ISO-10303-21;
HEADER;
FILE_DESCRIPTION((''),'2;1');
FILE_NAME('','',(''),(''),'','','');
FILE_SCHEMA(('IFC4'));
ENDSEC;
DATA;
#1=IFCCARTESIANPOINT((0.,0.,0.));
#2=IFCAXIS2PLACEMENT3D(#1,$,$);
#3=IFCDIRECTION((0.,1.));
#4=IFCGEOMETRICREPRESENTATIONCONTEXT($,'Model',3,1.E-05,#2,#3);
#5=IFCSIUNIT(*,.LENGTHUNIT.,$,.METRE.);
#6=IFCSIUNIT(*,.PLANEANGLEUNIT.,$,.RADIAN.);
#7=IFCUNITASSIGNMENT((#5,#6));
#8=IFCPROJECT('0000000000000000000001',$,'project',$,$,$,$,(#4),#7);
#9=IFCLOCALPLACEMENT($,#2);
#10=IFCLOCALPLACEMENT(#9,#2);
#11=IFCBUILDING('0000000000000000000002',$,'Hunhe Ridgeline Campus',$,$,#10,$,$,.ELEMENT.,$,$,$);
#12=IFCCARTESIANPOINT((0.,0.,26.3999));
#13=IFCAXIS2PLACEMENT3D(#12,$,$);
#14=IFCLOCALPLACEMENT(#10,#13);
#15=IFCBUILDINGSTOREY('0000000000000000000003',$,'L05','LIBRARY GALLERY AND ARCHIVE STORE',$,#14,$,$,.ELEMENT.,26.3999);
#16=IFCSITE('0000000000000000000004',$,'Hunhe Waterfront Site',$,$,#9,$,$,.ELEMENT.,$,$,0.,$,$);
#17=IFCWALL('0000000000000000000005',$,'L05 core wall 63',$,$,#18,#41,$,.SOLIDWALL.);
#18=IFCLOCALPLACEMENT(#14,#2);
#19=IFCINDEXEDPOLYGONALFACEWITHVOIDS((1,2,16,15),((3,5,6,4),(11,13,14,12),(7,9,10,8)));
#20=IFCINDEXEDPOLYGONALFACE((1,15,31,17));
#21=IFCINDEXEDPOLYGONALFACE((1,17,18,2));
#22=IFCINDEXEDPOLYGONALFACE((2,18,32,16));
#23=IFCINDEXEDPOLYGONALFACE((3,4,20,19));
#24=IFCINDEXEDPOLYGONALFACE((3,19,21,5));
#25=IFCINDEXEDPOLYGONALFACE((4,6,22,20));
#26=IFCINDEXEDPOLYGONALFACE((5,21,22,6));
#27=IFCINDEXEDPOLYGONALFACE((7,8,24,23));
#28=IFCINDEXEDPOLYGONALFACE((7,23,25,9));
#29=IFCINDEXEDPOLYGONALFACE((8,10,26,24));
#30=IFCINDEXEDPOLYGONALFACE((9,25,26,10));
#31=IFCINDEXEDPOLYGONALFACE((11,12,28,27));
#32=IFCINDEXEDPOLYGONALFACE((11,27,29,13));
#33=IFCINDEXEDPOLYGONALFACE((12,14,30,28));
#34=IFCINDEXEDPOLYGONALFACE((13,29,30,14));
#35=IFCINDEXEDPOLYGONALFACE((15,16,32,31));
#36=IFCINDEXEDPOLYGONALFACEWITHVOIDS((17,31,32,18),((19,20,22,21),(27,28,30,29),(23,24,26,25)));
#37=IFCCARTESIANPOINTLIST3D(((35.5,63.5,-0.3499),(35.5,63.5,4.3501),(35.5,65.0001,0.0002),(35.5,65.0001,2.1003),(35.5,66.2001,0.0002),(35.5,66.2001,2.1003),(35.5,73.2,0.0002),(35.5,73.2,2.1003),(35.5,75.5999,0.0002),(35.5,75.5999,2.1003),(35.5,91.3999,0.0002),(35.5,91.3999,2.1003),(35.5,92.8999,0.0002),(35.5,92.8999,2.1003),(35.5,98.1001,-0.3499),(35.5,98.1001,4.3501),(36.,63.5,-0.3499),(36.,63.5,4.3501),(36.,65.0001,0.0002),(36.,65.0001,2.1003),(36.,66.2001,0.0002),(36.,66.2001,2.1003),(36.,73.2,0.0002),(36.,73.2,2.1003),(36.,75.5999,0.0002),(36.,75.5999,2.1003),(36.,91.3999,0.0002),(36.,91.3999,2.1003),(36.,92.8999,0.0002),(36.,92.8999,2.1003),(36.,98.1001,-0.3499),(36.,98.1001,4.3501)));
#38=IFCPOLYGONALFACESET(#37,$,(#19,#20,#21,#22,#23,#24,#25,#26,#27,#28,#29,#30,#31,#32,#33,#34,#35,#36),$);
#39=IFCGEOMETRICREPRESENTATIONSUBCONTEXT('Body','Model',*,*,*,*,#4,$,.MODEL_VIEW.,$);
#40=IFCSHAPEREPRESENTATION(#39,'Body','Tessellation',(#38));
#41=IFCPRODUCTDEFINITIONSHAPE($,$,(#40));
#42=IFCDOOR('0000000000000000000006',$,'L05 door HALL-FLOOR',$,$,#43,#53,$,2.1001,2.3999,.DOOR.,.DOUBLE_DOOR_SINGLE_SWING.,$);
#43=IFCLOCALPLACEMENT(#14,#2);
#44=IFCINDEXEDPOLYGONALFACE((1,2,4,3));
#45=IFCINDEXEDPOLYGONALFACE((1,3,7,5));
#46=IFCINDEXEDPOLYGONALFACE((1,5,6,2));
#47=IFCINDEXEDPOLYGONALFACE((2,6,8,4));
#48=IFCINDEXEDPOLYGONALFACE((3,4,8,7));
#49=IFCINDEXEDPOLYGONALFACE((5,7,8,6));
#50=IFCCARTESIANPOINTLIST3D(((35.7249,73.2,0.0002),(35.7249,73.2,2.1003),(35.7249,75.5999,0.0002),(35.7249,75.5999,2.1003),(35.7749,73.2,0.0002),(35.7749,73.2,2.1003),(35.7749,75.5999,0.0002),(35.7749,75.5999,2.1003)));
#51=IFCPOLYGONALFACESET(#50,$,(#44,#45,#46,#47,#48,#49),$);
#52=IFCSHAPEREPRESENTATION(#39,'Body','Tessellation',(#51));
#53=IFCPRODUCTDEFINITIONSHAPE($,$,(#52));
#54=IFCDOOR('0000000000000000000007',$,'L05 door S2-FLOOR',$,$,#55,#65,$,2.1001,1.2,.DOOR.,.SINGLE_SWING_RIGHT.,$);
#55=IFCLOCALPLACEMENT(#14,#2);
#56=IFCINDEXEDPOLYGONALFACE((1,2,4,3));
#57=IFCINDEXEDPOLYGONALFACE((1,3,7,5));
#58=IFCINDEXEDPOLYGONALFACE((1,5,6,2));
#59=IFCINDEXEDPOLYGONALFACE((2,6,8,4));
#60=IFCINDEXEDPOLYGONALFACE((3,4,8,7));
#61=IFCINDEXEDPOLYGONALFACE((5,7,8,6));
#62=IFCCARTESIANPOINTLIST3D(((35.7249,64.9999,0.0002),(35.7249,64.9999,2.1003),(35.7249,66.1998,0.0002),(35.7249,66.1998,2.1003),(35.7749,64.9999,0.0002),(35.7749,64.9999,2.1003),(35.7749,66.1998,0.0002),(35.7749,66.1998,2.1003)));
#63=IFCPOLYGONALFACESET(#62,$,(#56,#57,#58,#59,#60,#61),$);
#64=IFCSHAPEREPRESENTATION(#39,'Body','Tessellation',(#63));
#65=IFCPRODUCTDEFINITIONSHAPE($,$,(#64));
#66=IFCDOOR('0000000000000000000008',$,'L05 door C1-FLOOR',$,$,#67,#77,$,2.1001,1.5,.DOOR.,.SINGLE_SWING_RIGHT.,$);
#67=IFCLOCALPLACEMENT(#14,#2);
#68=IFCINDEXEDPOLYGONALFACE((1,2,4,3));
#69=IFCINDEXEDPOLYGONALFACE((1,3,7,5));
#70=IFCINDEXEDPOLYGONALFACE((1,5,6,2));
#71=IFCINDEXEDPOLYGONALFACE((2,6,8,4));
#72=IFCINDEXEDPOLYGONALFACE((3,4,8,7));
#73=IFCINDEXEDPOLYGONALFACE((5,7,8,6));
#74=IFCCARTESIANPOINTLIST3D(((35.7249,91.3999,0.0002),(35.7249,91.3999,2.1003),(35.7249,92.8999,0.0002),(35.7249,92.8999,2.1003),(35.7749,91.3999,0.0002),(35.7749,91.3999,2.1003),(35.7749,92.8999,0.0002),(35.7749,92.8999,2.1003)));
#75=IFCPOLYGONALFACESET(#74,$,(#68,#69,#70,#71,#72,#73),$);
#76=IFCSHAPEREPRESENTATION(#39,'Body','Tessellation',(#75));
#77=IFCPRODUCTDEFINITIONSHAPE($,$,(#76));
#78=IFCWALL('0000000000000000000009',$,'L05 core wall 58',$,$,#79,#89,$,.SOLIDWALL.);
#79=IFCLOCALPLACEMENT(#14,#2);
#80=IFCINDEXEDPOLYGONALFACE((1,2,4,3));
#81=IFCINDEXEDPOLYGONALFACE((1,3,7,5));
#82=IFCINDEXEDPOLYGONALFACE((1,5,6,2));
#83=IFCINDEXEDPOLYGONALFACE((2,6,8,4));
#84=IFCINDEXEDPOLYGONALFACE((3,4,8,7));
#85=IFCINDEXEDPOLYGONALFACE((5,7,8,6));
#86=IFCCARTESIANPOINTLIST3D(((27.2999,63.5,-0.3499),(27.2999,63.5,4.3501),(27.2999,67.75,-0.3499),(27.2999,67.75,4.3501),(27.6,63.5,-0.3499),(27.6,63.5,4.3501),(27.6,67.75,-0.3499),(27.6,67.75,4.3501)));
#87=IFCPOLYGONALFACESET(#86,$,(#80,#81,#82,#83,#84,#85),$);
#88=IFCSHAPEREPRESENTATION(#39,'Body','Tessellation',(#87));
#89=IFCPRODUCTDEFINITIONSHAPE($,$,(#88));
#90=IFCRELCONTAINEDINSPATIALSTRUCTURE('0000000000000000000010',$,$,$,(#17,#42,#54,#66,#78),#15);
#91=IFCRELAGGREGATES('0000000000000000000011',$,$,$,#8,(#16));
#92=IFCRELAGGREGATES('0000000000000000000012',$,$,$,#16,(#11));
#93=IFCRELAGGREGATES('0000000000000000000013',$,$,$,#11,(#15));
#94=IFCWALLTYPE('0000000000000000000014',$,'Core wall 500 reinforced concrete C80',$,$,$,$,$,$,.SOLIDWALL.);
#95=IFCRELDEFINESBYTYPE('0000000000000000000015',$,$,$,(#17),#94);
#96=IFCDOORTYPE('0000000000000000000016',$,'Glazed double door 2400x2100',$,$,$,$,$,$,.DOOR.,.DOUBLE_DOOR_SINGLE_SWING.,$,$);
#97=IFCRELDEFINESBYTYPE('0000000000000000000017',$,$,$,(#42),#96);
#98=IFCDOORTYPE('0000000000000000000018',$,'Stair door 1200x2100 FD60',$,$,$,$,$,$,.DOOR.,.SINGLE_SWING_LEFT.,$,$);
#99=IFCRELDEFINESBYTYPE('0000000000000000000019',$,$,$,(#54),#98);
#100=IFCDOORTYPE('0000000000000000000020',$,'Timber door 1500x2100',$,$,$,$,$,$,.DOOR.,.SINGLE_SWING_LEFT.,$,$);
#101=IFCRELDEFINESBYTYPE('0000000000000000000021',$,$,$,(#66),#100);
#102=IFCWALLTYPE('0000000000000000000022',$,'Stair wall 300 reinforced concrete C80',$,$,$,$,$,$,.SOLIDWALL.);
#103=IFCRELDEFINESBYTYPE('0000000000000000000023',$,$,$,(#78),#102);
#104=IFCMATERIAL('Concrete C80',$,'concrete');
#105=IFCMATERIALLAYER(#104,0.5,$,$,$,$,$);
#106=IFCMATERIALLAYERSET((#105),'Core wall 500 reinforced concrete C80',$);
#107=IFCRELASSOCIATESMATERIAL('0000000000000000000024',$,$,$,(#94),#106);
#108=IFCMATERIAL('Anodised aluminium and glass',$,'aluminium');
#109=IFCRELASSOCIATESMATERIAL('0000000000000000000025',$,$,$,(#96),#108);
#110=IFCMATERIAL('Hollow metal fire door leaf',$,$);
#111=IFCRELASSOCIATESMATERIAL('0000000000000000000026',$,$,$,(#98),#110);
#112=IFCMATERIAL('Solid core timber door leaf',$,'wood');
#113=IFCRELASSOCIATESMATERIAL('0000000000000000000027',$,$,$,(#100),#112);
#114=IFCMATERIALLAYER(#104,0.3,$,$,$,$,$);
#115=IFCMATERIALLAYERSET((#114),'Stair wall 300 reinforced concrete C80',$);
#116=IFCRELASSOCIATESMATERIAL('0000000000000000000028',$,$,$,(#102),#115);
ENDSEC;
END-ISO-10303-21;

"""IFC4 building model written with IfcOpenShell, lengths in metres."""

from ifc_helpers import new_model, si_unit, direction, frame, frame_2d, origin, place, context, subcontext, project, spatial, rectangle, extrude, material, layer, layer_set, type_object, element, fill, save


model = new_model("IFC4")

# Units and contexts
model_context = context("Model", 3, precision=1e-05, world=origin(), true_north=direction((0.0, 1.0)))
body_context = subcontext(model_context, "Body", "Model", "MODEL_VIEW")
ifc_project = project(units=[si_unit("LENGTHUNIT", "METRE"), si_unit("PLANEANGLEUNIT", "RADIAN")], contexts=[model_context])

# Site, building, storey
site_placement = place(None, origin())
site = spatial("IfcSite", under=ifc_project, at=site_placement, Name="Hunhe Waterfront Site", CompositionType="ELEMENT", RefElevation=0.0)
building_placement = place(site_placement, origin())
building = spatial("IfcBuilding", under=site, at=building_placement, Name="Hunhe Ridgeline Campus", CompositionType="ELEMENT")
storey_placement = place(building_placement, frame((0.0, 0.0, 26.3999)))
storey = spatial("IfcBuildingStorey", under=building, at=storey_placement, Name="L05", Description="LIBRARY GALLERY AND ARCHIVE STORE", CompositionType="ELEMENT", Elevation=26.3999)

# Shared definitions
ifc_material_1 = material(Name="Concrete C80", Category="concrete")

# Wall, openings, doors
ifc_layer_1 = layer(ifc_material_1, 0.5)
ifc_layer_set_1 = layer_set([ifc_layer_1], Name="Core wall 500 reinforced concrete C80")
wall_type_1 = type_object("IfcWallType", Name="Core wall 500 reinforced concrete C80", PredefinedType="SOLIDWALL", material=ifc_layer_set_1)
wall_1_placement = place(storey_placement, frame((35.75, 63.5, -0.3499), z_axis=(0.0, 0.0, 1.0), x_axis=(0.0, 1.0, 0.0)))
wall_1 = element("IfcWall", 1, at=wall_1_placement, inside=storey, type_object=wall_type_1, Name="L05 core wall 63", PredefinedType="SOLIDWALL", context=body_context, shape_type="SweptSolid", body=[
    extrude(rectangle(XDim=34.6001, YDim=0.5, at=frame_2d((17.3, 0.0))), origin(), (0.0, 0.0, 1.0), 4.7),
])
opening_1_placement = place(wall_1_placement, frame((9.7, 0.0, 0.3501)))
opening_1 = element("IfcOpeningElement", 2, at=opening_1_placement, cuts=wall_1, PredefinedType="OPENING", context=body_context, shape_type="SweptSolid", body=[
    extrude(rectangle(XDim=2.3999, YDim=2.1001, at=frame_2d((1.2, 1.05))), frame((0.0, 0.25, 0.0), z_axis=(0.0, -1.0, 0.0), x_axis=(1.0, 0.0, 0.0)), (0.0, 0.0, 1.0), 0.5),
])
opening_2_placement = place(wall_1_placement, frame((27.8999, 0.0, 0.3501)))
opening_2 = element("IfcOpeningElement", 3, at=opening_2_placement, cuts=wall_1, PredefinedType="OPENING", context=body_context, shape_type="SweptSolid", body=[
    extrude(rectangle(XDim=1.5, YDim=2.1001, at=frame_2d((0.75, 1.05))), frame((0.0, 0.25, 0.0), z_axis=(0.0, -1.0, 0.0), x_axis=(1.0, 0.0, 0.0)), (0.0, 0.0, 1.0), 0.5),
])
opening_3_placement = place(wall_1_placement, frame((1.5, 0.0, 0.3501)))
opening_3 = element("IfcOpeningElement", 4, at=opening_3_placement, cuts=wall_1, PredefinedType="OPENING", context=body_context, shape_type="SweptSolid", body=[
    extrude(rectangle(XDim=1.2, YDim=2.1001, at=frame_2d((0.6001, 1.05))), frame((0.0, 0.25, 0.0), z_axis=(0.0, -1.0, 0.0), x_axis=(1.0, 0.0, 0.0)), (0.0, 0.0, 1.0), 0.5),
])
ifc_material_2 = material(Name="Anodised aluminium and glass", Category="aluminium")
door_type_1 = type_object("IfcDoorType", Name="Glazed double door 2400x2100", OperationType="DOUBLE_DOOR_SINGLE_SWING", PredefinedType="DOOR", material=ifc_material_2)
door_1_placement = place(opening_1_placement, frame((2.3999, 0.0, 0.0), z_axis=(0.0, 0.0, 1.0), x_axis=(-1.0, 0.0, 0.0)))
door_1 = element("IfcDoor", 5, at=door_1_placement, inside=storey, type_object=door_type_1, Name="L05 door HALL-FLOOR", OperationType="DOUBLE_DOOR_SINGLE_SWING", OverallHeight=2.1001, OverallWidth=2.3999, PredefinedType="DOOR", context=body_context, shape_type="SweptSolid", body=[
    extrude(rectangle(XDim=2.3999, YDim=2.1001, at=frame_2d((1.2, 1.05))), frame((0.0, 0.0249, 0.0), z_axis=(0.0, -1.0, 0.0), x_axis=(1.0, 0.0, 0.0)), (0.0, 0.0, 1.0), 0.05),
])
fill(opening_1, door_1)
ifc_material_3 = material(Name="Hollow metal fire door leaf")
door_type_2 = type_object("IfcDoorType", Name="Stair door 1200x2100 FD60", OperationType="SINGLE_SWING_LEFT", PredefinedType="DOOR", material=ifc_material_3)
door_2_placement = place(opening_3_placement, frame((1.2, 0.0, 0.0), z_axis=(0.0, 0.0, 1.0), x_axis=(-1.0, 0.0, 0.0)))
door_2 = element("IfcDoor", 6, at=door_2_placement, inside=storey, type_object=door_type_2, Name="L05 door S2-FLOOR", OperationType="SINGLE_SWING_RIGHT", OverallHeight=2.1001, OverallWidth=1.2, PredefinedType="DOOR", context=body_context, shape_type="SweptSolid", body=[
    extrude(rectangle(XDim=1.2, YDim=2.1001, at=frame_2d((0.6001, 1.05))), frame((0.0, 0.0249, 0.0), z_axis=(0.0, -1.0, 0.0), x_axis=(1.0, 0.0, 0.0)), (0.0, 0.0, 1.0), 0.05),
])
fill(opening_3, door_2)
ifc_material_4 = material(Name="Solid core timber door leaf", Category="wood")
door_type_3 = type_object("IfcDoorType", Name="Timber door 1500x2100", OperationType="SINGLE_SWING_LEFT", PredefinedType="DOOR", material=ifc_material_4)
door_3_placement = place(opening_2_placement, frame((1.5, 0.0, 0.0), z_axis=(0.0, 0.0, 1.0), x_axis=(-1.0, 0.0, 0.0)))
door_3 = element("IfcDoor", 7, at=door_3_placement, inside=storey, type_object=door_type_3, Name="L05 door C1-FLOOR", OperationType="SINGLE_SWING_RIGHT", OverallHeight=2.1001, OverallWidth=1.5, PredefinedType="DOOR", context=body_context, shape_type="SweptSolid", body=[
    extrude(rectangle(XDim=1.5, YDim=2.1001, at=frame_2d((0.75, 1.05))), frame((0.0, 0.0249, 0.0), z_axis=(0.0, -1.0, 0.0), x_axis=(1.0, 0.0, 0.0)), (0.0, 0.0, 1.0), 0.05),
])
fill(opening_2, door_3)

# Wall
ifc_layer_2 = layer(ifc_material_1, 0.3)
ifc_layer_set_2 = layer_set([ifc_layer_2], Name="Stair wall 300 reinforced concrete C80")
wall_type_2 = type_object("IfcWallType", Name="Stair wall 300 reinforced concrete C80", PredefinedType="SOLIDWALL", material=ifc_layer_set_2)
wall_2_placement = place(storey_placement, frame((27.45, 63.5, -0.3499), z_axis=(0.0, 0.0, 1.0), x_axis=(0.0, 1.0, 0.0)))
element("IfcWall", 8, at=wall_2_placement, inside=storey, type_object=wall_type_2, Name="L05 core wall 58", PredefinedType="SOLIDWALL", context=body_context, shape_type="SweptSolid", body=[
    extrude(rectangle(XDim=4.25, YDim=0.3, at=frame_2d((2.125, 0.0))), origin(), (0.0, 0.0, 1.0), 4.7),
])

save(model, "model.ifc")
